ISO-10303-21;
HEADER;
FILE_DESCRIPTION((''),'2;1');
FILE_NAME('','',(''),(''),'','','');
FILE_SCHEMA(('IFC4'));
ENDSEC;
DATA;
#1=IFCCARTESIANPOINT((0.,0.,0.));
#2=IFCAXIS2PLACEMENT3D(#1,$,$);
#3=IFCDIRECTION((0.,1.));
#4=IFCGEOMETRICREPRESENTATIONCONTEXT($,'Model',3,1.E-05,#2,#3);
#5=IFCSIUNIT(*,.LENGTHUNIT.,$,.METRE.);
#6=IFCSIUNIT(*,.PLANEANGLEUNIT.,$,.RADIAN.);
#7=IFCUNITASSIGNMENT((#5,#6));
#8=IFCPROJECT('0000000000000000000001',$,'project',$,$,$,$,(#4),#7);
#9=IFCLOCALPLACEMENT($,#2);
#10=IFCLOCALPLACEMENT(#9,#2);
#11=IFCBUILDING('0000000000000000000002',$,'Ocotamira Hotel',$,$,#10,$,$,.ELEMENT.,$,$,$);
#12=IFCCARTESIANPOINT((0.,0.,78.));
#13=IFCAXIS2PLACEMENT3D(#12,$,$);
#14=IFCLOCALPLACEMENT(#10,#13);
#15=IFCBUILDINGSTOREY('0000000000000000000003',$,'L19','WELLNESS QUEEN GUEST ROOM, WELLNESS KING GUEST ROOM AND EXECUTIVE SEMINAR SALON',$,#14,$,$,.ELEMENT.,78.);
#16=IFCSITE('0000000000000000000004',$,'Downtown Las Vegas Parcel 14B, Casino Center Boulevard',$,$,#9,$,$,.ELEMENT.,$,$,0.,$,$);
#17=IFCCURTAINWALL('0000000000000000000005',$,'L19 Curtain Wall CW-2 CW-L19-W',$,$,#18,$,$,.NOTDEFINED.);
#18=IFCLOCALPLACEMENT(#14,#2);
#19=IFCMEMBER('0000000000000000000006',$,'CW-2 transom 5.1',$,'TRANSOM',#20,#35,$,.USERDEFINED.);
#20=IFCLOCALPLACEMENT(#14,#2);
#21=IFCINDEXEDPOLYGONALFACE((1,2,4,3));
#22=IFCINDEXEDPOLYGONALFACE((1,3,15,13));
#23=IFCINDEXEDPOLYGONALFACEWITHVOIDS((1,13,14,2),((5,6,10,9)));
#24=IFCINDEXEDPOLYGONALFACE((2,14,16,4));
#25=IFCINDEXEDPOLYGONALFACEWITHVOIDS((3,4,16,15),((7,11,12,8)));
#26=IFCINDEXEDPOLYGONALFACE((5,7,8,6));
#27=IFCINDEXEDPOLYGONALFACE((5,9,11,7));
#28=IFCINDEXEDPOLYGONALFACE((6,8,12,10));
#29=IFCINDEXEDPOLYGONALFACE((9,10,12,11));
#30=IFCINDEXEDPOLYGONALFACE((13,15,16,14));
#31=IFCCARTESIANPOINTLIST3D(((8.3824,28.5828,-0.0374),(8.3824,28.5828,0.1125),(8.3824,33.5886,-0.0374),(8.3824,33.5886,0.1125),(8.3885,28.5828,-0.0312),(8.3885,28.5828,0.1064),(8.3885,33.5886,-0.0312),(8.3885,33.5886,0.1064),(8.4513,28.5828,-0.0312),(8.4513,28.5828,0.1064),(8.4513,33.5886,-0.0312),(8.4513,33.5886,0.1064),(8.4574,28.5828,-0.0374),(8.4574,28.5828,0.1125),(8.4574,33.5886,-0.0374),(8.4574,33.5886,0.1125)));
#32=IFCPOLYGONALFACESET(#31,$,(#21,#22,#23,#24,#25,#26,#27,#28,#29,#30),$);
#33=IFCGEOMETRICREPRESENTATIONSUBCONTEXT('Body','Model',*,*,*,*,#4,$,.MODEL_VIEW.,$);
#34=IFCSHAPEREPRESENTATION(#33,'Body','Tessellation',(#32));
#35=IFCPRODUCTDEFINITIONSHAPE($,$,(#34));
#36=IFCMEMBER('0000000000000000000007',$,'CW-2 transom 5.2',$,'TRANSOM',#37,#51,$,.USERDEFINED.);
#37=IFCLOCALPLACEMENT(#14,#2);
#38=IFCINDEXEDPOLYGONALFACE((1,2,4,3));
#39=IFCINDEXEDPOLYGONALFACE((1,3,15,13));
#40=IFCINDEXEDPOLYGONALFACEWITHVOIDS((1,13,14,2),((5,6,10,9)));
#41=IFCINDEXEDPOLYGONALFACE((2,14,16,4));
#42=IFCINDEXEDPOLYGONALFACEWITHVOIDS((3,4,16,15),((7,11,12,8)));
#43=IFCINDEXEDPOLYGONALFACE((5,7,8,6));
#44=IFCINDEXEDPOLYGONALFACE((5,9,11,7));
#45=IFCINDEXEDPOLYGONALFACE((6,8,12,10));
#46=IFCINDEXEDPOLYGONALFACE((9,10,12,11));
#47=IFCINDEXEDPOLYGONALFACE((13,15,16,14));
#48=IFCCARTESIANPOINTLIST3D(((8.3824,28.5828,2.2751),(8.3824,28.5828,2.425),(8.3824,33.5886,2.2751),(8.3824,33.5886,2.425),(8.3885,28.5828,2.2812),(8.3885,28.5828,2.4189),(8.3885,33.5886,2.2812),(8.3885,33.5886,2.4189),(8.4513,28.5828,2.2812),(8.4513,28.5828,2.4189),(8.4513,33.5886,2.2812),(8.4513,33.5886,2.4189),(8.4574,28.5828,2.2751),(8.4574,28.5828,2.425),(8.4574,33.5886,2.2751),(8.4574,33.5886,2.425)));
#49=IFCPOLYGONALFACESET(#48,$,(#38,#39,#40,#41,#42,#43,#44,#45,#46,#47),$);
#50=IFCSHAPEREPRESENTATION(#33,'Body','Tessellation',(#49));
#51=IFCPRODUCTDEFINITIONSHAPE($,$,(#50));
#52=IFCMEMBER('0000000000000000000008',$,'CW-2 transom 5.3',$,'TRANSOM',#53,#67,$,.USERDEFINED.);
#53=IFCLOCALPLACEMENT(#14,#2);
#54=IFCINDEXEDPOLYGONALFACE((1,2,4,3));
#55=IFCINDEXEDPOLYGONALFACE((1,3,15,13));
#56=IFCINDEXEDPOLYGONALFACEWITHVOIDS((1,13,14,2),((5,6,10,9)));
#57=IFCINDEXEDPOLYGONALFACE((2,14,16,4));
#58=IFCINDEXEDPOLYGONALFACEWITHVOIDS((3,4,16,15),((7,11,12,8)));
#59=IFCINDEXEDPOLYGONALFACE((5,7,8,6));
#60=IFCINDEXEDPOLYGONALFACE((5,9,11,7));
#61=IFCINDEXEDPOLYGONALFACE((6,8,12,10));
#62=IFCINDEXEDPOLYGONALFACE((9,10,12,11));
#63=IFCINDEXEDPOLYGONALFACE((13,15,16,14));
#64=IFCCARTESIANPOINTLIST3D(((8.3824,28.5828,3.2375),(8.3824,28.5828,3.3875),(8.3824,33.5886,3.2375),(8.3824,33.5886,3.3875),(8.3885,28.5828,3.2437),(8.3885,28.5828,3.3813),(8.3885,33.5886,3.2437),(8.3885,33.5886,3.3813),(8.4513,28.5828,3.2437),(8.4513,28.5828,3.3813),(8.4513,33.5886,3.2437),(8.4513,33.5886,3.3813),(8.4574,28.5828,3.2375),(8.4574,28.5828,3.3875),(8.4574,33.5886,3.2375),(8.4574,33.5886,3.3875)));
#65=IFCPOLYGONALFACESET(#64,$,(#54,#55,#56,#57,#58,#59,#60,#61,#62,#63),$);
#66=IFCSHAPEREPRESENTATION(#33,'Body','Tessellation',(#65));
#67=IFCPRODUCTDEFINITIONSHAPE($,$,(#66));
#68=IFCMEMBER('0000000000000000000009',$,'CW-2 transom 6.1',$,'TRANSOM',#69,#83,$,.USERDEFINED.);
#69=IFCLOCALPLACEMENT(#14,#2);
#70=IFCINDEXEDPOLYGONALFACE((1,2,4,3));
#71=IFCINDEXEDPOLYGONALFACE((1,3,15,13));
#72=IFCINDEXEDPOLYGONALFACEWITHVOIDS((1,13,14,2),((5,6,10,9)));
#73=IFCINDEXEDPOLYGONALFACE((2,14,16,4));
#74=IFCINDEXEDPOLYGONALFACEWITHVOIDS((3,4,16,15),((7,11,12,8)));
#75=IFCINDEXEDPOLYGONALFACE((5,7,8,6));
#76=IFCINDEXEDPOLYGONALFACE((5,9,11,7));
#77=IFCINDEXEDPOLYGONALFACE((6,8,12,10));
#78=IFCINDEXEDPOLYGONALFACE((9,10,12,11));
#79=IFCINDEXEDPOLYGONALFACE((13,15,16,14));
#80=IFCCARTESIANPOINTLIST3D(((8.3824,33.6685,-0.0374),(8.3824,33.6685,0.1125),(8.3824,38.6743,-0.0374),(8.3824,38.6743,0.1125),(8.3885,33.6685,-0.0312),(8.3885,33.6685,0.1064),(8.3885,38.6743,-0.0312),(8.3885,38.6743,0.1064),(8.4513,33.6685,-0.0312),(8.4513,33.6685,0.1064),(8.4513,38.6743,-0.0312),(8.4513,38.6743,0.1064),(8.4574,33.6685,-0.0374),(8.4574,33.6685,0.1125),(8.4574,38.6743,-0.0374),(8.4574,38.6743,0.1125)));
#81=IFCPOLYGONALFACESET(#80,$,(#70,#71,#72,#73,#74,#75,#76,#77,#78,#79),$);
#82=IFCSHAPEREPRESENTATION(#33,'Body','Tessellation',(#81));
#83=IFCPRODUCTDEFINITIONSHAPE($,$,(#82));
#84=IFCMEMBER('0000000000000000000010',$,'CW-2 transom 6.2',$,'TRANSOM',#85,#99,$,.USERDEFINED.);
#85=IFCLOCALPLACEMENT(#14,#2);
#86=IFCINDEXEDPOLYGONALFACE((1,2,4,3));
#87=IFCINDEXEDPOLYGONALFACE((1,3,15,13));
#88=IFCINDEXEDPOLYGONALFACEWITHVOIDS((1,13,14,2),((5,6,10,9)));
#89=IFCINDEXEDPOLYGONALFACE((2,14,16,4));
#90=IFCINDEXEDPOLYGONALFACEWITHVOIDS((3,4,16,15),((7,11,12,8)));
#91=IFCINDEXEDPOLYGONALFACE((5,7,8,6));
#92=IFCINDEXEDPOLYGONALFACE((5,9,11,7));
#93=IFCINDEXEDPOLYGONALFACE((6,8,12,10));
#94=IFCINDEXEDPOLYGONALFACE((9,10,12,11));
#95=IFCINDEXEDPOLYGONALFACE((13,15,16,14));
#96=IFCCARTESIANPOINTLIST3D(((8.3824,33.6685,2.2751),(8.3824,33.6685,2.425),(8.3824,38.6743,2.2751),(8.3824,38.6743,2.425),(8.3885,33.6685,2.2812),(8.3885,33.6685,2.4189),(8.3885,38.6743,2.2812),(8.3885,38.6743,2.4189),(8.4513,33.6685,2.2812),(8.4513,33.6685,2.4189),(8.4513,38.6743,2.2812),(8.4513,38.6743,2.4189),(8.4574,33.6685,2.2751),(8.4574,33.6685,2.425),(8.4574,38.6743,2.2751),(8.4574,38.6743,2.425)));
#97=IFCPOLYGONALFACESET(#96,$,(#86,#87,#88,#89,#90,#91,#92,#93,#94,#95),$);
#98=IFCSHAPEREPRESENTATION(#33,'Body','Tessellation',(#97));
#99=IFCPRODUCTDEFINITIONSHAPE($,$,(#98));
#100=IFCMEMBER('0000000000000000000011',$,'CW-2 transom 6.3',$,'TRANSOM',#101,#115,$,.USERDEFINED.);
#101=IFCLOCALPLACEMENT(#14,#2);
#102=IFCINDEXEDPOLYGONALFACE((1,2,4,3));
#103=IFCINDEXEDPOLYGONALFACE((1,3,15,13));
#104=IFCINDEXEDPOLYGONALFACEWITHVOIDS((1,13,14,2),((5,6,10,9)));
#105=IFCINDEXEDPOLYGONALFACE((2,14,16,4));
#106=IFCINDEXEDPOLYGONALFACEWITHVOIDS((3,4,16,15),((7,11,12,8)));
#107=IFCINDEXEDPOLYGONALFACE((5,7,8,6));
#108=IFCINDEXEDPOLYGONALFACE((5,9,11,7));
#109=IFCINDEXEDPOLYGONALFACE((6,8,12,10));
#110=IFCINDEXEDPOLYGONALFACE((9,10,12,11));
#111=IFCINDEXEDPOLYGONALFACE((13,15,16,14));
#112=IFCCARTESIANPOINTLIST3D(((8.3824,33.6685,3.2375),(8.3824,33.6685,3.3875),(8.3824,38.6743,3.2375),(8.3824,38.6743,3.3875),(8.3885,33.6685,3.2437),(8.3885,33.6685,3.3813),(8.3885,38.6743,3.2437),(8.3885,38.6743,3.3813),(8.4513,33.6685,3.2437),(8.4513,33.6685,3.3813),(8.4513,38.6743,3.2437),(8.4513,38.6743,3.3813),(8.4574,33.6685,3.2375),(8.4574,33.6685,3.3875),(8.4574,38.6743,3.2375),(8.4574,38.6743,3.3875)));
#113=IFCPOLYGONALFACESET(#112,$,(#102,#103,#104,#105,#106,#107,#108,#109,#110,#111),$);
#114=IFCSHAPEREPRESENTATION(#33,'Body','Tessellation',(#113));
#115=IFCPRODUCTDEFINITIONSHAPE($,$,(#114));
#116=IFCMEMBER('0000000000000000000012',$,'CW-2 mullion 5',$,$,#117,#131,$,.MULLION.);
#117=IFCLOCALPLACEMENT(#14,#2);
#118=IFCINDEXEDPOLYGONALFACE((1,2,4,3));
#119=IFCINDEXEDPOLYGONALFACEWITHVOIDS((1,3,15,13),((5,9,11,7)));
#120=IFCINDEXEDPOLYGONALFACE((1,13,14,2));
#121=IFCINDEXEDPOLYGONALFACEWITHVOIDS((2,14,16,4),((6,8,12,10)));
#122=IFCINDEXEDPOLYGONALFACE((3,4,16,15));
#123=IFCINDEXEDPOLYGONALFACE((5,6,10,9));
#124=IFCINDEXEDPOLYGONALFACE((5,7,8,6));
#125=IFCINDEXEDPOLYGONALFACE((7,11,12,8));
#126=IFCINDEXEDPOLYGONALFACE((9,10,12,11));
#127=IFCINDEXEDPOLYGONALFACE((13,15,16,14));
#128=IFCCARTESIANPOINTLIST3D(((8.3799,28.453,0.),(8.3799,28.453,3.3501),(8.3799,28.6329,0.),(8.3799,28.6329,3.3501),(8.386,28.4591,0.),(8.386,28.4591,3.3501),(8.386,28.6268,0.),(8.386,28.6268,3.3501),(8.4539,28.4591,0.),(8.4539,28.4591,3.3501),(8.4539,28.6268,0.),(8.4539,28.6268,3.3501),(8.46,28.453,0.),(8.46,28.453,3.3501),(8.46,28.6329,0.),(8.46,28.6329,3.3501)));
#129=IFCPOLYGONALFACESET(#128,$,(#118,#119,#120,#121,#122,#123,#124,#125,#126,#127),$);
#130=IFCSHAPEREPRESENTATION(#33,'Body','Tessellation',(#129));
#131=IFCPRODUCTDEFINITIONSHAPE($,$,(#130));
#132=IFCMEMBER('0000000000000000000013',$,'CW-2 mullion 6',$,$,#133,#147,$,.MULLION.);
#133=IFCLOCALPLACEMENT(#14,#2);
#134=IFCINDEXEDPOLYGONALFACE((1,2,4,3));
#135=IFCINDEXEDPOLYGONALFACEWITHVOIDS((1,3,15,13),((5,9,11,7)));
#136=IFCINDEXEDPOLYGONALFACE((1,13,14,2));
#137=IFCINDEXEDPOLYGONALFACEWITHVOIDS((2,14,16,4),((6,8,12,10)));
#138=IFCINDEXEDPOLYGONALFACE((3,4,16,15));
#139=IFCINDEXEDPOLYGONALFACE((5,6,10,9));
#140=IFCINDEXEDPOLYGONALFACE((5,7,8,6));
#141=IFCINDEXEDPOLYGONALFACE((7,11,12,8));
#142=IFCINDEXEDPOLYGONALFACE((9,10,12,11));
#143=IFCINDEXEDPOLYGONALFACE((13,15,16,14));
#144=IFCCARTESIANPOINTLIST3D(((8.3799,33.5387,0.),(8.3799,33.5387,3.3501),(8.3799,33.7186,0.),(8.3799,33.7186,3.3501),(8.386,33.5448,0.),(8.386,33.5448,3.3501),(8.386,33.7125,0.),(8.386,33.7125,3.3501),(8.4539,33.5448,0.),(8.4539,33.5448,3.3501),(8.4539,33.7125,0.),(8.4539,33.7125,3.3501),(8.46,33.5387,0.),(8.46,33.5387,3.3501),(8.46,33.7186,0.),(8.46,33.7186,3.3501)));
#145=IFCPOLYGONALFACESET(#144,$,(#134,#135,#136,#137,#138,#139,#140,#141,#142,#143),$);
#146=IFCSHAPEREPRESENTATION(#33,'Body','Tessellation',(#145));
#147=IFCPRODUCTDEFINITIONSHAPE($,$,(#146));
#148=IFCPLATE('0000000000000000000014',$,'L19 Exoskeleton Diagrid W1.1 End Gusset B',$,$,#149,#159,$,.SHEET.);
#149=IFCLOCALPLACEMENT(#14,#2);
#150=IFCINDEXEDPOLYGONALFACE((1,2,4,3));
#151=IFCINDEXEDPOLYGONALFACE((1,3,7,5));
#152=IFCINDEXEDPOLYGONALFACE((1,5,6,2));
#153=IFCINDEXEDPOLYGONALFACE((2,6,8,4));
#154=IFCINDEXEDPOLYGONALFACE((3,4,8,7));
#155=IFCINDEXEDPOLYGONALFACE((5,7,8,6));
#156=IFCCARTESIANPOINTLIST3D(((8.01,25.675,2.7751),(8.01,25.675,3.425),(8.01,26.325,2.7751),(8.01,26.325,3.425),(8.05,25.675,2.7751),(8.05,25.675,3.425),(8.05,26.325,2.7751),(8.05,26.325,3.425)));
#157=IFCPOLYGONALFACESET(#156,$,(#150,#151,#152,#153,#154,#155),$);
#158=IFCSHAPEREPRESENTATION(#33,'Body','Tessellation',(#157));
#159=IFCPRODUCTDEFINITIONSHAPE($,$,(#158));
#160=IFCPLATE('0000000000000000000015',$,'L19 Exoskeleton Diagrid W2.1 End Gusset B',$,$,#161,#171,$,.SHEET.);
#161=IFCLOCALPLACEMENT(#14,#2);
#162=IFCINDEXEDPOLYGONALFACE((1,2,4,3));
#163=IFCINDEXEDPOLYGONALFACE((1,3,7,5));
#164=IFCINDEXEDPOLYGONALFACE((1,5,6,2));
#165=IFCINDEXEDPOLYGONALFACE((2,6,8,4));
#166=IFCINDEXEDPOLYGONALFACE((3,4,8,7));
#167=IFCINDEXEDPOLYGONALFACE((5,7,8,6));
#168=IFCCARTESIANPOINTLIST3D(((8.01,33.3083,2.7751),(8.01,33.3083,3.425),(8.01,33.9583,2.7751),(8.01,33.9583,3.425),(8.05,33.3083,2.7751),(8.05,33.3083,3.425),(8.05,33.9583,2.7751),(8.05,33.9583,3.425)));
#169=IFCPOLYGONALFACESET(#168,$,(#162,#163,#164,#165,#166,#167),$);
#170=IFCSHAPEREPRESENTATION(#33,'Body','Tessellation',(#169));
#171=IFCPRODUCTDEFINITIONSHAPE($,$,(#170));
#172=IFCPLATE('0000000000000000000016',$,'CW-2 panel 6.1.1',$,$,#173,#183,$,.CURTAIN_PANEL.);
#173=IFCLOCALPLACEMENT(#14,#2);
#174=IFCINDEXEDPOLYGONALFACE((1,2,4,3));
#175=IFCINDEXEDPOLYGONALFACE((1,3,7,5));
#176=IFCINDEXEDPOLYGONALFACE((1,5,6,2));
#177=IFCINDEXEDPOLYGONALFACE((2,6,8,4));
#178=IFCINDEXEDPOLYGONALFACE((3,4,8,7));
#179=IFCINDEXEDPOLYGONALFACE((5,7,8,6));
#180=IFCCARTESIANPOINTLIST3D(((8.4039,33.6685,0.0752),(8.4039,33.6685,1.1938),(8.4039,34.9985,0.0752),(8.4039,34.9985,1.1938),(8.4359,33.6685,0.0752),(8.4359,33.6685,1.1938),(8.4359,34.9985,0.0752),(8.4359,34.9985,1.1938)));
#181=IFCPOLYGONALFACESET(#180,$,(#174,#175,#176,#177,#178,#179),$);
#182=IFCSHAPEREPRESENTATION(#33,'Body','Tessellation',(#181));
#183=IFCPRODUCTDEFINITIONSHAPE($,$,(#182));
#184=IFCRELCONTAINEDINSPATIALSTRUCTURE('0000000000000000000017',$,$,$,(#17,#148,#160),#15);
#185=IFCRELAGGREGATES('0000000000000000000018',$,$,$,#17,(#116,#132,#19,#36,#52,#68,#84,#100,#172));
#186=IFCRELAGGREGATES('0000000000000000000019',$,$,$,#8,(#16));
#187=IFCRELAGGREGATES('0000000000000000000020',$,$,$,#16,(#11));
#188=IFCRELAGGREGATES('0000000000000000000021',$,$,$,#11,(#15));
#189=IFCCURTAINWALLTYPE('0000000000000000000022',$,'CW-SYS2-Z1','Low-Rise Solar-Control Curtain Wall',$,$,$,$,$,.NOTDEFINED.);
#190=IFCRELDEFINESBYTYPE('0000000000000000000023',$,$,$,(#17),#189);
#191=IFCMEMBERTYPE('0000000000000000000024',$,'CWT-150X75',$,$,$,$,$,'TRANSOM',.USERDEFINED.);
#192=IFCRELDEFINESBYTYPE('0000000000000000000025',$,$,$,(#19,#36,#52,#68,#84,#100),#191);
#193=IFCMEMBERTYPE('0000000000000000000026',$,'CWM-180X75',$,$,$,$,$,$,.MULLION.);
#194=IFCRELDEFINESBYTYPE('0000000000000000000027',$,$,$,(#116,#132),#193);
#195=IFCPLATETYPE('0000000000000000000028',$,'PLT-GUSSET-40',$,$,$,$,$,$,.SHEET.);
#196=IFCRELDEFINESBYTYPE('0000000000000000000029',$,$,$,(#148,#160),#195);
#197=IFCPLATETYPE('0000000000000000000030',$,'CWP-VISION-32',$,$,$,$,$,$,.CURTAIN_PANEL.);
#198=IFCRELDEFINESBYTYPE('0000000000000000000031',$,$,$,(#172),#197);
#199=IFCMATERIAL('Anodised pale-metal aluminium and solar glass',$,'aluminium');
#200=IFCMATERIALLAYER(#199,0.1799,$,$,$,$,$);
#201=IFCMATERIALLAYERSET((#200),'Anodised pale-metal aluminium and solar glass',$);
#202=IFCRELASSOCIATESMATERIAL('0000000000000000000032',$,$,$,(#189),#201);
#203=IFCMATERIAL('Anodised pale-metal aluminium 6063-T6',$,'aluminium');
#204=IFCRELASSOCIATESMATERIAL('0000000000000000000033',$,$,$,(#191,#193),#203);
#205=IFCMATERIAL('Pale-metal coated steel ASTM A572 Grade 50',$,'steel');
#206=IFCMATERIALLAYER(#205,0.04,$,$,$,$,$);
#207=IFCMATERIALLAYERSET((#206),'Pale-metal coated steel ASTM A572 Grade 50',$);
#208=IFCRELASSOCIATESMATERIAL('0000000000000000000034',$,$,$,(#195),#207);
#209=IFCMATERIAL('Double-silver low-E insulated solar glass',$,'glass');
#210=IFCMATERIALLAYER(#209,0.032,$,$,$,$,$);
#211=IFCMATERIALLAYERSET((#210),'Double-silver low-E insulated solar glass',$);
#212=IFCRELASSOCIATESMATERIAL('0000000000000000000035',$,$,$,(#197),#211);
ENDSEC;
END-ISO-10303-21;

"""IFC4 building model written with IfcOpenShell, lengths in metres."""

from ifc_helpers import new_model, si_unit, direction, frame, origin, origin_2d, place, context, subcontext, project, spatial, rectangle, hollow_rectangle, extrude, source, transform, mapped, material, layer, layer_set, material_profile, profile_set, type_object, element, aggregate, save


model = new_model("IFC4")

# Units and contexts
model_context = context("Model", 3, precision=1e-05, world=origin(), true_north=direction((0.0, 1.0)))
body_context = subcontext(model_context, "Body", "Model", "MODEL_VIEW")
ifc_project = project(units=[si_unit("LENGTHUNIT", "METRE"), si_unit("PLANEANGLEUNIT", "RADIAN")], contexts=[model_context])

# Site, building, storey
site_placement = place(None, origin())
site = spatial("IfcSite", under=ifc_project, at=site_placement, Name="Downtown Las Vegas Parcel 14B, Casino Center Boulevard", CompositionType="ELEMENT", RefElevation=0.0)
building_placement = place(site_placement, origin())
building = spatial("IfcBuilding", under=site, at=building_placement, Name="Ocotamira Hotel", CompositionType="ELEMENT")
storey_placement = place(building_placement, frame((0.0, 0.0, 78.0)))
storey = spatial("IfcBuildingStorey", under=building, at=storey_placement, Name="L19", Description="WELLNESS QUEEN GUEST ROOM, WELLNESS KING GUEST ROOM AND EXECUTIVE SEMINAR SALON", CompositionType="ELEMENT", Elevation=78.0)

# Curtain wall, members
ifc_material_1 = material(Name="Anodised pale-metal aluminium and solar glass", Category="aluminium")
ifc_layer_1 = layer(ifc_material_1, 0.1799)
ifc_layer_set_1 = layer_set([ifc_layer_1], Name="Anodised pale-metal aluminium and solar glass")
curtain_wall_type = type_object("IfcCurtainWallType", Name="CW-SYS2-Z1", Description="Low-Rise Solar-Control Curtain Wall", PredefinedType="NOTDEFINED", material=ifc_layer_set_1)
curtain_wall_placement = place(storey_placement, origin())
curtain_wall = element("IfcCurtainWall", 1, at=curtain_wall_placement, inside=storey, type_object=curtain_wall_type, Name="L19 Curtain Wall CW-2 CW-L19-W", PredefinedType="NOTDEFINED")
ifc_material_2 = material(Name="Anodised pale-metal aluminium 6063-T6", Category="aluminium")
ifc_material_profile_1 = material_profile(ifc_material_2, hollow_rectangle(XDim=0.075, YDim=0.1499, WallThickness=0.0061, at=origin_2d()), Name="HSS150X75X6")
ifc_profile_set_1 = profile_set([ifc_material_profile_1], Name="Anodised pale-metal aluminium 6063-T6")
member_type_1 = type_object("IfcMemberType", Name="CWT-150X75", ElementType="TRANSOM", PredefinedType="USERDEFINED", material=ifc_profile_set_1)
shared_shape_1 = source(origin(), body_context, "Body", "SweptSolid", [
    extrude(hollow_rectangle(XDim=0.075, YDim=0.1499, WallThickness=0.0061, at=origin_2d()), origin(), (0.0, 0.0, 1.0), 5.0059),
])
member_1_placement = place(storey_placement, frame((8.4199, 28.5828, 0.0376), z_axis=(0.0, 1.0, 0.0), x_axis=(-1.0, 0.0, 0.0)))
member_1 = element("IfcMember", 2, at=member_1_placement, type_object=member_type_1, Name="CW-2 transom 5.1", ObjectType="TRANSOM", PredefinedType="USERDEFINED", context=body_context, shape_type="MappedRepresentation", body=[
    mapped(shared_shape_1, transform((0.0, 0.0, 0.0), scale=1.0)),
])
member_2_placement = place(storey_placement, frame((8.4199, 28.5828, 2.3501), z_axis=(0.0, 1.0, 0.0), x_axis=(-1.0, 0.0, 0.0)))
member_2 = element("IfcMember", 3, at=member_2_placement, type_object=member_type_1, Name="CW-2 transom 5.2", ObjectType="TRANSOM", PredefinedType="USERDEFINED", context=body_context, shape_type="MappedRepresentation", body=[
    mapped(shared_shape_1, transform((0.0, 0.0, 0.0), scale=1.0)),
])
member_3_placement = place(storey_placement, frame((8.4199, 28.5828, 3.3125), z_axis=(0.0, 1.0, 0.0), x_axis=(-1.0, 0.0, 0.0)))
member_3 = element("IfcMember", 4, at=member_3_placement, type_object=member_type_1, Name="CW-2 transom 5.3", ObjectType="TRANSOM", PredefinedType="USERDEFINED", context=body_context, shape_type="MappedRepresentation", body=[
    mapped(shared_shape_1, transform((0.0, 0.0, 0.0), scale=1.0)),
])
member_4_placement = place(storey_placement, frame((8.4199, 33.6685, 0.0376), z_axis=(0.0, 1.0, 0.0), x_axis=(-1.0, 0.0, 0.0)))
member_4 = element("IfcMember", 5, at=member_4_placement, type_object=member_type_1, Name="CW-2 transom 6.1", ObjectType="TRANSOM", PredefinedType="USERDEFINED", context=body_context, shape_type="MappedRepresentation", body=[
    mapped(shared_shape_1, transform((0.0, 0.0, 0.0), scale=1.0)),
])
member_5_placement = place(storey_placement, frame((8.4199, 33.6685, 2.3501), z_axis=(0.0, 1.0, 0.0), x_axis=(-1.0, 0.0, 0.0)))
member_5 = element("IfcMember", 6, at=member_5_placement, type_object=member_type_1, Name="CW-2 transom 6.2", ObjectType="TRANSOM", PredefinedType="USERDEFINED", context=body_context, shape_type="MappedRepresentation", body=[
    mapped(shared_shape_1, transform((0.0, 0.0, 0.0), scale=1.0)),
])
member_6_placement = place(storey_placement, frame((8.4199, 33.6685, 3.3125), z_axis=(0.0, 1.0, 0.0), x_axis=(-1.0, 0.0, 0.0)))
member_6 = element("IfcMember", 7, at=member_6_placement, type_object=member_type_1, Name="CW-2 transom 6.3", ObjectType="TRANSOM", PredefinedType="USERDEFINED", context=body_context, shape_type="MappedRepresentation", body=[
    mapped(shared_shape_1, transform((0.0, 0.0, 0.0), scale=1.0)),
])
ifc_material_profile_2 = material_profile(ifc_material_2, hollow_rectangle(XDim=0.0801, YDim=0.1799, WallThickness=0.0061, at=origin_2d()), Name="HSS180X80X6")
ifc_profile_set_2 = profile_set([ifc_material_profile_2], Name="Anodised pale-metal aluminium 6063-T6")
member_type_2 = type_object("IfcMemberType", Name="CWM-180X75", PredefinedType="MULLION", material=ifc_profile_set_2)
shared_shape_2 = source(origin(), body_context, "Body", "SweptSolid", [
    extrude(hollow_rectangle(XDim=0.0801, YDim=0.1799, WallThickness=0.0061, at=origin_2d()), origin(), (0.0, 0.0, 1.0), 3.3501),
])
member_7_placement = place(storey_placement, frame((8.4199, 28.543, 0.0), z_axis=(0.0, 0.0, 1.0), x_axis=(-1.0, 0.0, 0.0)))
member_7 = element("IfcMember", 8, at=member_7_placement, type_object=member_type_2, Name="CW-2 mullion 5", PredefinedType="MULLION", context=body_context, shape_type="MappedRepresentation", body=[
    mapped(shared_shape_2, transform((0.0, 0.0, 0.0), scale=1.0)),
])
member_8_placement = place(storey_placement, frame((8.4199, 33.6287, 0.0), z_axis=(0.0, 0.0, 1.0), x_axis=(-1.0, 0.0, 0.0)))
member_8 = element("IfcMember", 9, at=member_8_placement, type_object=member_type_2, Name="CW-2 mullion 6", PredefinedType="MULLION", context=body_context, shape_type="MappedRepresentation", body=[
    mapped(shared_shape_2, transform((0.0, 0.0, 0.0), scale=1.0)),
])

# Plates
ifc_material_3 = material(Name="Pale-metal coated steel ASTM A572 Grade 50", Category="steel")
ifc_layer_2 = layer(ifc_material_3, 0.04)
ifc_layer_set_2 = layer_set([ifc_layer_2], Name="Pale-metal coated steel ASTM A572 Grade 50")
plate_type_1 = type_object("IfcPlateType", Name="PLT-GUSSET-40", PredefinedType="SHEET", material=ifc_layer_set_2)
shared_shape_3 = source(origin(), body_context, "Body", "SweptSolid", [
    extrude(rectangle(XDim=0.04, YDim=0.6499, at=origin_2d()), origin(), (0.0, 0.0, 1.0), 0.6499),
])
for number, where, z_axis, x_axis, name in (
    (10, (8.03, 26.0, 2.7751), (0.0, 0.0, 1.0), (1.0, 0.0, 0.0), "L19 Exoskeleton Diagrid W1.1 End Gusset B"),
    (11, (8.03, 33.6333, 2.7751), (0.0, 0.0, 1.0), (1.0, 0.0, 0.0), "L19 Exoskeleton Diagrid W2.1 End Gusset B"),
):
    element("IfcPlate", number, at=place(storey_placement, frame(where, z_axis=z_axis, x_axis=x_axis)), inside=storey, type_object=plate_type_1, Name=name, PredefinedType="SHEET", context=body_context, shape_type="MappedRepresentation", body=[
        mapped(shared_shape_3, transform((0.0, 0.0, 0.0), scale=1.0)),
    ])

# Plate
ifc_material_4 = material(Name="Double-silver low-E insulated solar glass", Category="glass")
ifc_layer_3 = layer(ifc_material_4, 0.032)
ifc_layer_set_3 = layer_set([ifc_layer_3], Name="Double-silver low-E insulated solar glass")
plate_type_2 = type_object("IfcPlateType", Name="CWP-VISION-32", PredefinedType="CURTAIN_PANEL", material=ifc_layer_set_3)
shared_shape_4 = source(origin(), body_context, "Body", "SweptSolid", [
    extrude(rectangle(XDim=1.3301, YDim=0.032, at=origin_2d()), origin(), (0.0, 0.0, 1.0), 1.1187),
])
plate_1_placement = place(storey_placement, frame((8.4199, 34.3335, 0.0752), z_axis=(0.0, 0.0, 1.0), x_axis=(0.0, 1.0, 0.0)))
plate_1 = element("IfcPlate", 12, at=plate_1_placement, type_object=plate_type_2, Name="CW-2 panel 6.1.1", PredefinedType="CURTAIN_PANEL", context=body_context, shape_type="MappedRepresentation", body=[
    mapped(shared_shape_4, transform((0.0, 0.0, 0.0), scale=1.0)),
])
aggregate(curtain_wall, [member_7, member_8, member_1, member_2, member_3, member_4, member_5, member_6, plate_1])

save(model, "model.ifc")
